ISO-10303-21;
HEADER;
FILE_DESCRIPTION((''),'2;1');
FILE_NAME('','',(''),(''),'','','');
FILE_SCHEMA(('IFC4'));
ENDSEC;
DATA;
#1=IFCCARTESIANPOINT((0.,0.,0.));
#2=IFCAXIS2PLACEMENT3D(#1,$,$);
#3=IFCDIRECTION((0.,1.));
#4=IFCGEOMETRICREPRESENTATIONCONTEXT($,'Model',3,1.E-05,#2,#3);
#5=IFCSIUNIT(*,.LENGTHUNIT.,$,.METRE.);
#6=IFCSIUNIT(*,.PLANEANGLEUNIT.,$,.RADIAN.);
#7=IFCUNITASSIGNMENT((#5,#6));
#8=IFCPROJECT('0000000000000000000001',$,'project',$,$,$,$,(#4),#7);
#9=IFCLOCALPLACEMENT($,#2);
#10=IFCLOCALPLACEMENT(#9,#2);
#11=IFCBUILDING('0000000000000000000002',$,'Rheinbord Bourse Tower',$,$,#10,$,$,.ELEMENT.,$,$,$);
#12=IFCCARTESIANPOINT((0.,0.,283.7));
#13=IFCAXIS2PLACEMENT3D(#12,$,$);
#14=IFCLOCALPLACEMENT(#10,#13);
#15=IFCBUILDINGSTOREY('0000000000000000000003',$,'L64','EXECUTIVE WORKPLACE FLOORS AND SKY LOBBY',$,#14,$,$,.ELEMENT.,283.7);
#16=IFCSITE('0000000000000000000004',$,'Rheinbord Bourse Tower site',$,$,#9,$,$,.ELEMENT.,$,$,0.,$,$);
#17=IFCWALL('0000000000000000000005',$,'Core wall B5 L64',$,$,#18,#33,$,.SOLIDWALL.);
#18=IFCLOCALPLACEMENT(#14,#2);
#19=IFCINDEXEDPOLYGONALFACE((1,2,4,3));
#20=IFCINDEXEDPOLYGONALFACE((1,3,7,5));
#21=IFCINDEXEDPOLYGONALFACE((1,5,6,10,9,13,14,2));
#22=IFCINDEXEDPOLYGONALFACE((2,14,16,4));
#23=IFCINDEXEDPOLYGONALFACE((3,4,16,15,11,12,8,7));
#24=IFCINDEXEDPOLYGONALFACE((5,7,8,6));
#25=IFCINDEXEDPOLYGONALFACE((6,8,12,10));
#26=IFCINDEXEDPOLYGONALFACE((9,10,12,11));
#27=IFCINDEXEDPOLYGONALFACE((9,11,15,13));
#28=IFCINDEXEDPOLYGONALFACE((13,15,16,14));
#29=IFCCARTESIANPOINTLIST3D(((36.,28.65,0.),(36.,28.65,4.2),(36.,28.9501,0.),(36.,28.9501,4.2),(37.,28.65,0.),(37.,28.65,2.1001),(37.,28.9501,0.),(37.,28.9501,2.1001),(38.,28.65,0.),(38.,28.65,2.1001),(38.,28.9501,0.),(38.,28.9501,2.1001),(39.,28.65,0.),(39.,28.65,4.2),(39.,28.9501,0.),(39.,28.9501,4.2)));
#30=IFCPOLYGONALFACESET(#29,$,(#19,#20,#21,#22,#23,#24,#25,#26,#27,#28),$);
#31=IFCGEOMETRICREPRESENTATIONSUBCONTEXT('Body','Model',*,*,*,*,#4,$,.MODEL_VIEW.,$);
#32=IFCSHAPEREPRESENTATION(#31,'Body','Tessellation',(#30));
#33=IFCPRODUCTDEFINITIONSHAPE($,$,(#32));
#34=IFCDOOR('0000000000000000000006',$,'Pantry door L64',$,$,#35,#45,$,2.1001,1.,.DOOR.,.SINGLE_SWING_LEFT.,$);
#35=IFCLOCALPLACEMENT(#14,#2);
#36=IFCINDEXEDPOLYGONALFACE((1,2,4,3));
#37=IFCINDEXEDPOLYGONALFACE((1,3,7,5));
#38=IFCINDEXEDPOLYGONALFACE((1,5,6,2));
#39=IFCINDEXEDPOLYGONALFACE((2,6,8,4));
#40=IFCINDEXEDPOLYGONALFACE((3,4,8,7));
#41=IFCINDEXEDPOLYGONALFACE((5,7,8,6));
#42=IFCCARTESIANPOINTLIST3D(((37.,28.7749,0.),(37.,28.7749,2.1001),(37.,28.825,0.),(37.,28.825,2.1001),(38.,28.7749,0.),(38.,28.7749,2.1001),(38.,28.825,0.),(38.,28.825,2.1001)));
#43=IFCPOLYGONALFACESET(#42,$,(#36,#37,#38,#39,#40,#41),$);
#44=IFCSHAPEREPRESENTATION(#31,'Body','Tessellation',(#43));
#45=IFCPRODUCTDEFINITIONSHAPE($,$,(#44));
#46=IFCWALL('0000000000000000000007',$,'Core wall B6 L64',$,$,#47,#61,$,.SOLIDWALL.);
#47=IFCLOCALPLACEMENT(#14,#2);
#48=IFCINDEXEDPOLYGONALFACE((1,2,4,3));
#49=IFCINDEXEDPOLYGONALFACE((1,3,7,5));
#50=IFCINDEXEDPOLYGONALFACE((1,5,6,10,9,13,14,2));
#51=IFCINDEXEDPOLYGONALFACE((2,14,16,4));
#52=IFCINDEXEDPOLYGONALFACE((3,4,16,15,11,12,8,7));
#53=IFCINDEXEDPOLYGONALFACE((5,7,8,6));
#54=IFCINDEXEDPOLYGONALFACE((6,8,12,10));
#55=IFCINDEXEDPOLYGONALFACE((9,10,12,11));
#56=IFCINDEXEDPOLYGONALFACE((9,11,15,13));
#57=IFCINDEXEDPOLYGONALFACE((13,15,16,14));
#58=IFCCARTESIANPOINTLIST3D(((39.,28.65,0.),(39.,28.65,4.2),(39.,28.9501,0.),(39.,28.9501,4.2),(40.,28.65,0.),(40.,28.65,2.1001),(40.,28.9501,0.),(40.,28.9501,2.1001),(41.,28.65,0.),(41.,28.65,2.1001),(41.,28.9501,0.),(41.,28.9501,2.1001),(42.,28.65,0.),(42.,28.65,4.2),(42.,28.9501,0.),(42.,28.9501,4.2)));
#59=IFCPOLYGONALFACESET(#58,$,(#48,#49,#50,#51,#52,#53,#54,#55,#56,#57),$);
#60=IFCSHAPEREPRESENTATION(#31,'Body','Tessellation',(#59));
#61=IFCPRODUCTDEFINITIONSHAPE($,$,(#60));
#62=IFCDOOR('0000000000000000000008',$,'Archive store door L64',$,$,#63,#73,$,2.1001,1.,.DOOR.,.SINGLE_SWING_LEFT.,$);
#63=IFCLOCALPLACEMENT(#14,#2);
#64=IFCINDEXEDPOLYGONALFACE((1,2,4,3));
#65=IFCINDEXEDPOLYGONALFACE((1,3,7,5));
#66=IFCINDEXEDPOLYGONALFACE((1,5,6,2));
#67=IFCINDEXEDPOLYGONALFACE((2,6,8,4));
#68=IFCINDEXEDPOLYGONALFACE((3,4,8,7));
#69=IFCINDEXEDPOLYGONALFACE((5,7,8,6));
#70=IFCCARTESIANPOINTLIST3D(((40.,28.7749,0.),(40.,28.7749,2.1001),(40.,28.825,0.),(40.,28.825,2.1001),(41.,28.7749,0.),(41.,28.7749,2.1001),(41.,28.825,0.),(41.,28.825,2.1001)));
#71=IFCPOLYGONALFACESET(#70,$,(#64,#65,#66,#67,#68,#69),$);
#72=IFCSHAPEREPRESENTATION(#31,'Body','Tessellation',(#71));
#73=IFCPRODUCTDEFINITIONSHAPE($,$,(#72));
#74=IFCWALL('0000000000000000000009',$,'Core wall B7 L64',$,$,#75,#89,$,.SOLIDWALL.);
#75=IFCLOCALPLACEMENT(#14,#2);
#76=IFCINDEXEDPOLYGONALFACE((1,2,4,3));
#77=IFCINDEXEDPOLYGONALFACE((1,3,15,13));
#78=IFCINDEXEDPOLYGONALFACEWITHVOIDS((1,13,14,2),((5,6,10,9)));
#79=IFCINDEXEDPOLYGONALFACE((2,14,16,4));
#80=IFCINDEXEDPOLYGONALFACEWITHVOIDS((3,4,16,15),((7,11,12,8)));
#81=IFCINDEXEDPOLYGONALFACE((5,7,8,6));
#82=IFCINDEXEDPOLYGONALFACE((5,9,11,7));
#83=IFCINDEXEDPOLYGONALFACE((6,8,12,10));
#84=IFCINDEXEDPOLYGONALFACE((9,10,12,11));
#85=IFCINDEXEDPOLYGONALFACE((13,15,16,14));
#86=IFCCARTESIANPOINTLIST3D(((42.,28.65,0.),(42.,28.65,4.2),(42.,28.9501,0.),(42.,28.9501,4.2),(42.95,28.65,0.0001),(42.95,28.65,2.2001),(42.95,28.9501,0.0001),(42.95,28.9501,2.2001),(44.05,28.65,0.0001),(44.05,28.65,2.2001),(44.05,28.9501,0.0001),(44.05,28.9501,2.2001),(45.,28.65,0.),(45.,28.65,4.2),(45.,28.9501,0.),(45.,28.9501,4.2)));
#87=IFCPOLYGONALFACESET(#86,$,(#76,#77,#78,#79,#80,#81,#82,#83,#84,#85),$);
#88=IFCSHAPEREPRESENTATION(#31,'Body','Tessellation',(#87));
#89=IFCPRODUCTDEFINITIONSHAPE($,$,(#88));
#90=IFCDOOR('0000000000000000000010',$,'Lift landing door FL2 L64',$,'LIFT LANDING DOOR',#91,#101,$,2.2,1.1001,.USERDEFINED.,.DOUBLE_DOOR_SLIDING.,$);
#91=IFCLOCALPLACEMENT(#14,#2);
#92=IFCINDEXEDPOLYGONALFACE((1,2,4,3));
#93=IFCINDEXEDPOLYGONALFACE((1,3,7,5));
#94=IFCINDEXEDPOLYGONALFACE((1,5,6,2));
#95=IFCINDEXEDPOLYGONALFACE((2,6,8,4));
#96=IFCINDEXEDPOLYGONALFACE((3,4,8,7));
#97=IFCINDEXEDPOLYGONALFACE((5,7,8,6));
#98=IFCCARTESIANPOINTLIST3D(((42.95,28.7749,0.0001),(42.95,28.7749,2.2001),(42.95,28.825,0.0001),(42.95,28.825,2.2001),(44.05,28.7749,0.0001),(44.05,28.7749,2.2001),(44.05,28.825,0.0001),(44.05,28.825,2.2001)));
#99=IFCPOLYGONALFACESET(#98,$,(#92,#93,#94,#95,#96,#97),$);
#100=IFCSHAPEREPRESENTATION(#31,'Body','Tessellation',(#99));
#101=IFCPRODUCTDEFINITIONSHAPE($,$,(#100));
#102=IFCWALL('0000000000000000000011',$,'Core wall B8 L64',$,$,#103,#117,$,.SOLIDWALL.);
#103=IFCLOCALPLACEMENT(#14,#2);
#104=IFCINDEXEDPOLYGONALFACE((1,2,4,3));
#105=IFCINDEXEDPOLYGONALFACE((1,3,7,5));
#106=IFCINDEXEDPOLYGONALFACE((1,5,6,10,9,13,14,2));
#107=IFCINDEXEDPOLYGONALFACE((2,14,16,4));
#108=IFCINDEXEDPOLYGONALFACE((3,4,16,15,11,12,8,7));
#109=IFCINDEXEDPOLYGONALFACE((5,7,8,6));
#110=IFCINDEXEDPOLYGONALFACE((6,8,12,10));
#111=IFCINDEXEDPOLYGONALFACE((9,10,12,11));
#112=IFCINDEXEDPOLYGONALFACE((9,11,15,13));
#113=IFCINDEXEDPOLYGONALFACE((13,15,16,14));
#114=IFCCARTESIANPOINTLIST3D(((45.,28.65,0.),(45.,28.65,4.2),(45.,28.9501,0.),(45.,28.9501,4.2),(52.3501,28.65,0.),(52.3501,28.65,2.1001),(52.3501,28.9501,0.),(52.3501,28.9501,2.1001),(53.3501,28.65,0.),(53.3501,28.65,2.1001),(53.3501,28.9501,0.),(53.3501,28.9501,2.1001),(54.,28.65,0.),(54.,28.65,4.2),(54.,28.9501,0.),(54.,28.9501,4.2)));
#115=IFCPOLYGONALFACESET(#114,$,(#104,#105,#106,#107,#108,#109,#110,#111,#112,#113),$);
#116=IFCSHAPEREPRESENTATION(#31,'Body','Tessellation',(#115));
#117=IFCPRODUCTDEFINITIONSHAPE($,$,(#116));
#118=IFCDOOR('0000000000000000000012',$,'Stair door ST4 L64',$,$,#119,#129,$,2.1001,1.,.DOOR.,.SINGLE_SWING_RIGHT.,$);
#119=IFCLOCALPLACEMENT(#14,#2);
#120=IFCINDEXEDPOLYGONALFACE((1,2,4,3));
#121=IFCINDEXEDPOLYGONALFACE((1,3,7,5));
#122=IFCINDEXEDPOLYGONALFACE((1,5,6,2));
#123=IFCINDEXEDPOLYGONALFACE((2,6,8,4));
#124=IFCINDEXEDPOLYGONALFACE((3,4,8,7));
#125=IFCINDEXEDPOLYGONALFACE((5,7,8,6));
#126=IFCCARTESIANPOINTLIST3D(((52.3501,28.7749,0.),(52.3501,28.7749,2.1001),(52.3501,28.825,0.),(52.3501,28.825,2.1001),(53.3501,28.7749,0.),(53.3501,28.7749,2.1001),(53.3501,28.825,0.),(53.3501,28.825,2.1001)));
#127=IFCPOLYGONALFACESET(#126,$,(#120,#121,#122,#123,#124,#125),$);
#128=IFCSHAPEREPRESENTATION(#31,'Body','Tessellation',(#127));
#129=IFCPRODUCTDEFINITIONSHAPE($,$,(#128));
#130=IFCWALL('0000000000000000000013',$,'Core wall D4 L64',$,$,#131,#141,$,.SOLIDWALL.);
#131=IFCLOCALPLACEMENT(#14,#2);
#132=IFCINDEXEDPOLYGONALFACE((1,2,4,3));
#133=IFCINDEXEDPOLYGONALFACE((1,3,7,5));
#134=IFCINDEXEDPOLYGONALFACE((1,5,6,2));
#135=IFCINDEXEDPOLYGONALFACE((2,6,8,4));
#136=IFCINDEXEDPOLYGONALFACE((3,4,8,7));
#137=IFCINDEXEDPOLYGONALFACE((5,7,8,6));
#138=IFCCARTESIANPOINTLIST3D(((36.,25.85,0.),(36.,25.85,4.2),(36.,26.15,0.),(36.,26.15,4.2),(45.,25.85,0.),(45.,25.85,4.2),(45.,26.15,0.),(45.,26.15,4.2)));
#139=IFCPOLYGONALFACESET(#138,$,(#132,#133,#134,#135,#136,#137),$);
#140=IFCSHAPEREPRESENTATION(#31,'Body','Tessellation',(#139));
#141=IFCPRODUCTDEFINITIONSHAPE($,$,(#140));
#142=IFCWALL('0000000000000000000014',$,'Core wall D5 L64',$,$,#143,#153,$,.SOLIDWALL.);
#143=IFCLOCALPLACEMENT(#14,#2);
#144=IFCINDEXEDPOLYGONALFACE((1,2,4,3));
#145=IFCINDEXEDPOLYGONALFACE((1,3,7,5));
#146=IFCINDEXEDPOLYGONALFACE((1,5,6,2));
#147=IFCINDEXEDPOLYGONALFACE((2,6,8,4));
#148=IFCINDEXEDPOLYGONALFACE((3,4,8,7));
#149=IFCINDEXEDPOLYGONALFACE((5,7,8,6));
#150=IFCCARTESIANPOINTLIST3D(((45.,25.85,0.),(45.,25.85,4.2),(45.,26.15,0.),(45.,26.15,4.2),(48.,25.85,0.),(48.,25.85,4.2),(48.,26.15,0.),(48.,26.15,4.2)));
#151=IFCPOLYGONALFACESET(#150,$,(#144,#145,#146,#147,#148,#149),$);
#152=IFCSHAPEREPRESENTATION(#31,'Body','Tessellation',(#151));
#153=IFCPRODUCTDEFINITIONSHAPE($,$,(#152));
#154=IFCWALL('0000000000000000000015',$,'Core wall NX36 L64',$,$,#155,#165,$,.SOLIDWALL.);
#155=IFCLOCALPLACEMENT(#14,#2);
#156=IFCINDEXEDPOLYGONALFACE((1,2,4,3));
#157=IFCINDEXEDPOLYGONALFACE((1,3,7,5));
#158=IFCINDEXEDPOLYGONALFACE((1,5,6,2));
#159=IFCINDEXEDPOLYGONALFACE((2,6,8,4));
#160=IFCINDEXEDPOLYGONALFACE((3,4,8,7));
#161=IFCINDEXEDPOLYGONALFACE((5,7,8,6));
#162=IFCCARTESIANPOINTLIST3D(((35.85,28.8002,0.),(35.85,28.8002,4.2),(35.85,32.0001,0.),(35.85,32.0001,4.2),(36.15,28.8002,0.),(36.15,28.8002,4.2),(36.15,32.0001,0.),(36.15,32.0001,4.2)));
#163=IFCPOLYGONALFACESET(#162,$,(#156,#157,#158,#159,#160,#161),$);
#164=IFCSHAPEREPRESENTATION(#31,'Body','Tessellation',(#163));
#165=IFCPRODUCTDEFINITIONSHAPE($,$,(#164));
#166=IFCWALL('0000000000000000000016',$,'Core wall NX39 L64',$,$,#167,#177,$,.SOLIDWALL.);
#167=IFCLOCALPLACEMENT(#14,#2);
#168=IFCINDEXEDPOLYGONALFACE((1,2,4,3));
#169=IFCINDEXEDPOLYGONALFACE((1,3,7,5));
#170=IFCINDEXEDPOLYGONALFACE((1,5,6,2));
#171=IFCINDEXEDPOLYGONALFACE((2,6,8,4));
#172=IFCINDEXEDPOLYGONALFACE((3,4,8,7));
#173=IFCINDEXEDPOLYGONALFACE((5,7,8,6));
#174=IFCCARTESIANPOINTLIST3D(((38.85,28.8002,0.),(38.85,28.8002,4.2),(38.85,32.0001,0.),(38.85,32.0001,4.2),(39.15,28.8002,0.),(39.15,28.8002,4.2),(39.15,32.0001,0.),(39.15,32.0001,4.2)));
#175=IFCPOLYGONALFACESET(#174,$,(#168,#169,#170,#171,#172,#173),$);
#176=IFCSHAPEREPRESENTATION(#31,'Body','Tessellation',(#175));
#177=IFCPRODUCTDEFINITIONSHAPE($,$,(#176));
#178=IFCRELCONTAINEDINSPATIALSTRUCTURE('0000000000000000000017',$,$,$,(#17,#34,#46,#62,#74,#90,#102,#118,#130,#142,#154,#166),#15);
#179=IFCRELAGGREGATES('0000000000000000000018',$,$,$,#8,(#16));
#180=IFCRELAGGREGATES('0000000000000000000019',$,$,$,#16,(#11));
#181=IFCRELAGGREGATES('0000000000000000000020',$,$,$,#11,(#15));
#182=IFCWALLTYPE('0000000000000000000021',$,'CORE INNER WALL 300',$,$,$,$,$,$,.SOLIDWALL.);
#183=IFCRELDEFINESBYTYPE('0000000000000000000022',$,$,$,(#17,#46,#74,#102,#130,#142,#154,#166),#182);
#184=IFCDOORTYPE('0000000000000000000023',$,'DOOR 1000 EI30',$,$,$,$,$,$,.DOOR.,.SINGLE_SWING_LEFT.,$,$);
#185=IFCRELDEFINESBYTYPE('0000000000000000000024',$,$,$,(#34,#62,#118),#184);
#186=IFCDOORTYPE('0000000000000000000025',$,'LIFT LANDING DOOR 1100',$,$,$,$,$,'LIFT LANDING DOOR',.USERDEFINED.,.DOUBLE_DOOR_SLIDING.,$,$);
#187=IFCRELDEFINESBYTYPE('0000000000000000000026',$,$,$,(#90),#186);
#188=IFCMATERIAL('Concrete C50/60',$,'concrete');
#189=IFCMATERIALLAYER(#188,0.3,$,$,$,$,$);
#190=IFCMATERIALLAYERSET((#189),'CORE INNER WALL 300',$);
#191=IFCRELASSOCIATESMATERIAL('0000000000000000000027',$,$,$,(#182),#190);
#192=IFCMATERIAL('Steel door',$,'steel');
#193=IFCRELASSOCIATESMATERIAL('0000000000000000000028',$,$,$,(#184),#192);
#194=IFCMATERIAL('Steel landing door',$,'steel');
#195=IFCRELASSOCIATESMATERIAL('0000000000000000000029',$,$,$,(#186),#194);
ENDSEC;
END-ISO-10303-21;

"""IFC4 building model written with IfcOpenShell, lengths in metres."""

from ifc_helpers import new_model, si_unit, direction, frame, frame_2d, origin, place, context, subcontext, project, spatial, rectangle, extrude, material, layer, layer_set, type_object, element, fill, save


model = new_model("IFC4")

# Units and contexts
model_context = context("Model", 3, precision=1e-05, world=origin(), true_north=direction((0.0, 1.0)))
body_context = subcontext(model_context, "Body", "Model", "MODEL_VIEW")
ifc_project = project(units=[si_unit("LENGTHUNIT", "METRE"), si_unit("PLANEANGLEUNIT", "RADIAN")], contexts=[model_context])

# Site, building, storey
site_placement = place(None, origin())
site = spatial("IfcSite", under=ifc_project, at=site_placement, Name="Rheinbord Bourse Tower site", CompositionType="ELEMENT", RefElevation=0.0)
building_placement = place(site_placement, origin())
building = spatial("IfcBuilding", under=site, at=building_placement, Name="Rheinbord Bourse Tower", CompositionType="ELEMENT")
storey_placement = place(building_placement, frame((0.0, 0.0, 283.7)))
storey = spatial("IfcBuildingStorey", under=building, at=storey_placement, Name="L64", Description="EXECUTIVE WORKPLACE FLOORS AND SKY LOBBY", CompositionType="ELEMENT", Elevation=283.7)

# Walls, openings, doors
ifc_material_1 = material(Name="Concrete C50/60", Category="concrete")
ifc_layer_1 = layer(ifc_material_1, 0.3)
ifc_layer_set_1 = layer_set([ifc_layer_1], Name="CORE INNER WALL 300")
wall_type_1 = type_object("IfcWallType", Name="CORE INNER WALL 300", PredefinedType="SOLIDWALL", material=ifc_layer_set_1)
wall_1_placement = place(storey_placement, frame((36.0, 28.8, 0.0), z_axis=(0.0, 0.0, 1.0), x_axis=(1.0, 0.0, 0.0)))
wall_1 = element("IfcWall", 1, at=wall_1_placement, inside=storey, type_object=wall_type_1, Name="Core wall B5 L64", PredefinedType="SOLIDWALL", context=body_context, shape_type="SweptSolid", body=[
    extrude(rectangle(XDim=3.0, YDim=0.3, at=frame_2d((1.5, 0.0))), origin(), (0.0, 0.0, 1.0), 4.2),
])
opening_1_placement = place(wall_1_placement, frame((1.0, 0.0, 0.0)))
opening_1 = element("IfcOpeningElement", 2, at=opening_1_placement, cuts=wall_1, PredefinedType="OPENING", context=body_context, shape_type="SweptSolid", body=[
    extrude(rectangle(XDim=1.0, YDim=2.1001, at=frame_2d((0.5, 1.05))), frame((0.0, 0.1599, 0.0), z_axis=(0.0, -1.0, 0.0), x_axis=(1.0, 0.0, 0.0)), (0.0, 0.0, 1.0), 0.3201),
])
ifc_material_2 = material(Name="Steel door", Category="steel")
door_type_1 = type_object("IfcDoorType", Name="DOOR 1000 EI30", OperationType="SINGLE_SWING_LEFT", PredefinedType="DOOR", material=ifc_material_2)
door_1_placement = place(opening_1_placement, origin())
door_1 = element("IfcDoor", 3, at=door_1_placement, inside=storey, type_object=door_type_1, Name="Pantry door L64", OperationType="SINGLE_SWING_LEFT", OverallHeight=2.1001, OverallWidth=1.0, PredefinedType="DOOR", context=body_context, shape_type="SweptSolid", body=[
    extrude(rectangle(XDim=1.0, YDim=2.1001, at=frame_2d((0.5, 1.05))), frame((0.0, 0.0249, 0.0), z_axis=(0.0, -1.0, 0.0), x_axis=(1.0, 0.0, 0.0)), (0.0, 0.0, 1.0), 0.05),
])
fill(opening_1, door_1)
wall_2_placement = place(storey_placement, frame((39.0, 28.8, 0.0), z_axis=(0.0, 0.0, 1.0), x_axis=(1.0, 0.0, 0.0)))
wall_2 = element("IfcWall", 4, at=wall_2_placement, inside=storey, type_object=wall_type_1, Name="Core wall B6 L64", PredefinedType="SOLIDWALL", context=body_context, shape_type="SweptSolid", body=[
    extrude(rectangle(XDim=3.0, YDim=0.3, at=frame_2d((1.5, 0.0))), origin(), (0.0, 0.0, 1.0), 4.2),
])
opening_2_placement = place(wall_2_placement, frame((1.0, 0.0, 0.0)))
opening_2 = element("IfcOpeningElement", 5, at=opening_2_placement, cuts=wall_2, PredefinedType="OPENING", context=body_context, shape_type="SweptSolid", body=[
    extrude(rectangle(XDim=1.0, YDim=2.1001, at=frame_2d((0.5, 1.05))), frame((0.0, 0.1599, 0.0), z_axis=(0.0, -1.0, 0.0), x_axis=(1.0, 0.0, 0.0)), (0.0, 0.0, 1.0), 0.3201),
])
door_2_placement = place(opening_2_placement, origin())
door_2 = element("IfcDoor", 6, at=door_2_placement, inside=storey, type_object=door_type_1, Name="Archive store door L64", OperationType="SINGLE_SWING_LEFT", OverallHeight=2.1001, OverallWidth=1.0, PredefinedType="DOOR", context=body_context, shape_type="SweptSolid", body=[
    extrude(rectangle(XDim=1.0, YDim=2.1001, at=frame_2d((0.5, 1.05))), frame((0.0, 0.0249, 0.0), z_axis=(0.0, -1.0, 0.0), x_axis=(1.0, 0.0, 0.0)), (0.0, 0.0, 1.0), 0.05),
])
fill(opening_2, door_2)
wall_3_placement = place(storey_placement, frame((42.0, 28.8, 0.0), z_axis=(0.0, 0.0, 1.0), x_axis=(1.0, 0.0, 0.0)))
wall_3 = element("IfcWall", 7, at=wall_3_placement, inside=storey, type_object=wall_type_1, Name="Core wall B7 L64", PredefinedType="SOLIDWALL", context=body_context, shape_type="SweptSolid", body=[
    extrude(rectangle(XDim=3.0, YDim=0.3, at=frame_2d((1.5, 0.0))), origin(), (0.0, 0.0, 1.0), 4.2),
])
opening_3_placement = place(wall_3_placement, frame((0.95, 0.0, 0.0)))
opening_3 = element("IfcOpeningElement", 8, at=opening_3_placement, cuts=wall_3, PredefinedType="OPENING", context=body_context, shape_type="SweptSolid", body=[
    extrude(rectangle(XDim=1.1001, YDim=2.2, at=frame_2d((0.55, 1.1001))), frame((0.0, 0.1599, 0.0), z_axis=(0.0, -1.0, 0.0), x_axis=(1.0, 0.0, 0.0)), (0.0, 0.0, 1.0), 0.3201),
])
ifc_material_3 = material(Name="Steel landing door", Category="steel")
door_type_2 = type_object("IfcDoorType", Name="LIFT LANDING DOOR 1100", ElementType="LIFT LANDING DOOR", OperationType="DOUBLE_DOOR_SLIDING", PredefinedType="USERDEFINED", material=ifc_material_3)
door_3_placement = place(opening_3_placement, origin())
door_3 = element("IfcDoor", 9, at=door_3_placement, inside=storey, type_object=door_type_2, Name="Lift landing door FL2 L64", ObjectType="LIFT LANDING DOOR", OperationType="DOUBLE_DOOR_SLIDING", OverallHeight=2.2, OverallWidth=1.1001, PredefinedType="USERDEFINED", context=body_context, shape_type="SweptSolid", body=[
    extrude(rectangle(XDim=1.1001, YDim=2.2, at=frame_2d((0.55, 1.1001))), frame((0.0, 0.0249, 0.0), z_axis=(0.0, -1.0, 0.0), x_axis=(1.0, 0.0, 0.0)), (0.0, 0.0, 1.0), 0.05),
])
fill(opening_3, door_3)
wall_4_placement = place(storey_placement, frame((45.0, 28.8, 0.0), z_axis=(0.0, 0.0, 1.0), x_axis=(1.0, 0.0, 0.0)))
wall_4 = element("IfcWall", 10, at=wall_4_placement, inside=storey, type_object=wall_type_1, Name="Core wall B8 L64", PredefinedType="SOLIDWALL", context=body_context, shape_type="SweptSolid", body=[
    extrude(rectangle(XDim=9.0, YDim=0.3, at=frame_2d((4.5, 0.0))), origin(), (0.0, 0.0, 1.0), 4.2),
])
opening_4_placement = place(wall_4_placement, frame((7.3501, 0.0, 0.0)))
opening_4 = element("IfcOpeningElement", 11, at=opening_4_placement, cuts=wall_4, PredefinedType="OPENING", context=body_context, shape_type="SweptSolid", body=[
    extrude(rectangle(XDim=1.0, YDim=2.1001, at=frame_2d((0.5, 1.05))), frame((0.0, 0.1599, 0.0), z_axis=(0.0, -1.0, 0.0), x_axis=(1.0, 0.0, 0.0)), (0.0, 0.0, 1.0), 0.3201),
])
door_4_placement = place(opening_4_placement, origin())
door_4 = element("IfcDoor", 12, at=door_4_placement, inside=storey, type_object=door_type_1, Name="Stair door ST4 L64", OperationType="SINGLE_SWING_RIGHT", OverallHeight=2.1001, OverallWidth=1.0, PredefinedType="DOOR", context=body_context, shape_type="SweptSolid", body=[
    extrude(rectangle(XDim=1.0, YDim=2.1001, at=frame_2d((0.5, 1.05))), frame((0.0, 0.0249, 0.0), z_axis=(0.0, -1.0, 0.0), x_axis=(1.0, 0.0, 0.0)), (0.0, 0.0, 1.0), 0.05),
])
fill(opening_4, door_4)

# Walls
wall_5_placement = place(storey_placement, frame((36.0, 26.0, 0.0), z_axis=(0.0, 0.0, 1.0), x_axis=(1.0, 0.0, 0.0)))
element("IfcWall", 13, at=wall_5_placement, inside=storey, type_object=wall_type_1, Name="Core wall D4 L64", PredefinedType="SOLIDWALL", context=body_context, shape_type="SweptSolid", body=[
    extrude(rectangle(XDim=9.0, YDim=0.3, at=frame_2d((4.5, 0.0))), origin(), (0.0, 0.0, 1.0), 4.2),
])
wall_6_placement = place(storey_placement, frame((45.0, 26.0, 0.0), z_axis=(0.0, 0.0, 1.0), x_axis=(1.0, 0.0, 0.0)))
element("IfcWall", 14, at=wall_6_placement, inside=storey, type_object=wall_type_1, Name="Core wall D5 L64", PredefinedType="SOLIDWALL", context=body_context, shape_type="SweptSolid", body=[
    extrude(rectangle(XDim=3.0, YDim=0.3, at=frame_2d((1.5, 0.0))), origin(), (0.0, 0.0, 1.0), 4.2),
])
for number, where, z_axis, x_axis, name in (
    (15, (36.0, 28.8, 0.0), (0.0, 0.0, 1.0), (0.0, 1.0, 0.0), "Core wall NX36 L64"),
    (16, (39.0, 28.8, 0.0), (0.0, 0.0, 1.0), (0.0, 1.0, 0.0), "Core wall NX39 L64"),
):
    element("IfcWall", number, at=place(storey_placement, frame(where, z_axis=z_axis, x_axis=x_axis)), inside=storey, type_object=wall_type_1, Name=name, PredefinedType="SOLIDWALL", context=body_context, shape_type="SweptSolid", body=[
        extrude(rectangle(XDim=3.2, YDim=0.3, at=frame_2d((1.6001, 0.0))), origin(), (0.0, 0.0, 1.0), 4.2),
    ])

save(model, "model.ifc")
